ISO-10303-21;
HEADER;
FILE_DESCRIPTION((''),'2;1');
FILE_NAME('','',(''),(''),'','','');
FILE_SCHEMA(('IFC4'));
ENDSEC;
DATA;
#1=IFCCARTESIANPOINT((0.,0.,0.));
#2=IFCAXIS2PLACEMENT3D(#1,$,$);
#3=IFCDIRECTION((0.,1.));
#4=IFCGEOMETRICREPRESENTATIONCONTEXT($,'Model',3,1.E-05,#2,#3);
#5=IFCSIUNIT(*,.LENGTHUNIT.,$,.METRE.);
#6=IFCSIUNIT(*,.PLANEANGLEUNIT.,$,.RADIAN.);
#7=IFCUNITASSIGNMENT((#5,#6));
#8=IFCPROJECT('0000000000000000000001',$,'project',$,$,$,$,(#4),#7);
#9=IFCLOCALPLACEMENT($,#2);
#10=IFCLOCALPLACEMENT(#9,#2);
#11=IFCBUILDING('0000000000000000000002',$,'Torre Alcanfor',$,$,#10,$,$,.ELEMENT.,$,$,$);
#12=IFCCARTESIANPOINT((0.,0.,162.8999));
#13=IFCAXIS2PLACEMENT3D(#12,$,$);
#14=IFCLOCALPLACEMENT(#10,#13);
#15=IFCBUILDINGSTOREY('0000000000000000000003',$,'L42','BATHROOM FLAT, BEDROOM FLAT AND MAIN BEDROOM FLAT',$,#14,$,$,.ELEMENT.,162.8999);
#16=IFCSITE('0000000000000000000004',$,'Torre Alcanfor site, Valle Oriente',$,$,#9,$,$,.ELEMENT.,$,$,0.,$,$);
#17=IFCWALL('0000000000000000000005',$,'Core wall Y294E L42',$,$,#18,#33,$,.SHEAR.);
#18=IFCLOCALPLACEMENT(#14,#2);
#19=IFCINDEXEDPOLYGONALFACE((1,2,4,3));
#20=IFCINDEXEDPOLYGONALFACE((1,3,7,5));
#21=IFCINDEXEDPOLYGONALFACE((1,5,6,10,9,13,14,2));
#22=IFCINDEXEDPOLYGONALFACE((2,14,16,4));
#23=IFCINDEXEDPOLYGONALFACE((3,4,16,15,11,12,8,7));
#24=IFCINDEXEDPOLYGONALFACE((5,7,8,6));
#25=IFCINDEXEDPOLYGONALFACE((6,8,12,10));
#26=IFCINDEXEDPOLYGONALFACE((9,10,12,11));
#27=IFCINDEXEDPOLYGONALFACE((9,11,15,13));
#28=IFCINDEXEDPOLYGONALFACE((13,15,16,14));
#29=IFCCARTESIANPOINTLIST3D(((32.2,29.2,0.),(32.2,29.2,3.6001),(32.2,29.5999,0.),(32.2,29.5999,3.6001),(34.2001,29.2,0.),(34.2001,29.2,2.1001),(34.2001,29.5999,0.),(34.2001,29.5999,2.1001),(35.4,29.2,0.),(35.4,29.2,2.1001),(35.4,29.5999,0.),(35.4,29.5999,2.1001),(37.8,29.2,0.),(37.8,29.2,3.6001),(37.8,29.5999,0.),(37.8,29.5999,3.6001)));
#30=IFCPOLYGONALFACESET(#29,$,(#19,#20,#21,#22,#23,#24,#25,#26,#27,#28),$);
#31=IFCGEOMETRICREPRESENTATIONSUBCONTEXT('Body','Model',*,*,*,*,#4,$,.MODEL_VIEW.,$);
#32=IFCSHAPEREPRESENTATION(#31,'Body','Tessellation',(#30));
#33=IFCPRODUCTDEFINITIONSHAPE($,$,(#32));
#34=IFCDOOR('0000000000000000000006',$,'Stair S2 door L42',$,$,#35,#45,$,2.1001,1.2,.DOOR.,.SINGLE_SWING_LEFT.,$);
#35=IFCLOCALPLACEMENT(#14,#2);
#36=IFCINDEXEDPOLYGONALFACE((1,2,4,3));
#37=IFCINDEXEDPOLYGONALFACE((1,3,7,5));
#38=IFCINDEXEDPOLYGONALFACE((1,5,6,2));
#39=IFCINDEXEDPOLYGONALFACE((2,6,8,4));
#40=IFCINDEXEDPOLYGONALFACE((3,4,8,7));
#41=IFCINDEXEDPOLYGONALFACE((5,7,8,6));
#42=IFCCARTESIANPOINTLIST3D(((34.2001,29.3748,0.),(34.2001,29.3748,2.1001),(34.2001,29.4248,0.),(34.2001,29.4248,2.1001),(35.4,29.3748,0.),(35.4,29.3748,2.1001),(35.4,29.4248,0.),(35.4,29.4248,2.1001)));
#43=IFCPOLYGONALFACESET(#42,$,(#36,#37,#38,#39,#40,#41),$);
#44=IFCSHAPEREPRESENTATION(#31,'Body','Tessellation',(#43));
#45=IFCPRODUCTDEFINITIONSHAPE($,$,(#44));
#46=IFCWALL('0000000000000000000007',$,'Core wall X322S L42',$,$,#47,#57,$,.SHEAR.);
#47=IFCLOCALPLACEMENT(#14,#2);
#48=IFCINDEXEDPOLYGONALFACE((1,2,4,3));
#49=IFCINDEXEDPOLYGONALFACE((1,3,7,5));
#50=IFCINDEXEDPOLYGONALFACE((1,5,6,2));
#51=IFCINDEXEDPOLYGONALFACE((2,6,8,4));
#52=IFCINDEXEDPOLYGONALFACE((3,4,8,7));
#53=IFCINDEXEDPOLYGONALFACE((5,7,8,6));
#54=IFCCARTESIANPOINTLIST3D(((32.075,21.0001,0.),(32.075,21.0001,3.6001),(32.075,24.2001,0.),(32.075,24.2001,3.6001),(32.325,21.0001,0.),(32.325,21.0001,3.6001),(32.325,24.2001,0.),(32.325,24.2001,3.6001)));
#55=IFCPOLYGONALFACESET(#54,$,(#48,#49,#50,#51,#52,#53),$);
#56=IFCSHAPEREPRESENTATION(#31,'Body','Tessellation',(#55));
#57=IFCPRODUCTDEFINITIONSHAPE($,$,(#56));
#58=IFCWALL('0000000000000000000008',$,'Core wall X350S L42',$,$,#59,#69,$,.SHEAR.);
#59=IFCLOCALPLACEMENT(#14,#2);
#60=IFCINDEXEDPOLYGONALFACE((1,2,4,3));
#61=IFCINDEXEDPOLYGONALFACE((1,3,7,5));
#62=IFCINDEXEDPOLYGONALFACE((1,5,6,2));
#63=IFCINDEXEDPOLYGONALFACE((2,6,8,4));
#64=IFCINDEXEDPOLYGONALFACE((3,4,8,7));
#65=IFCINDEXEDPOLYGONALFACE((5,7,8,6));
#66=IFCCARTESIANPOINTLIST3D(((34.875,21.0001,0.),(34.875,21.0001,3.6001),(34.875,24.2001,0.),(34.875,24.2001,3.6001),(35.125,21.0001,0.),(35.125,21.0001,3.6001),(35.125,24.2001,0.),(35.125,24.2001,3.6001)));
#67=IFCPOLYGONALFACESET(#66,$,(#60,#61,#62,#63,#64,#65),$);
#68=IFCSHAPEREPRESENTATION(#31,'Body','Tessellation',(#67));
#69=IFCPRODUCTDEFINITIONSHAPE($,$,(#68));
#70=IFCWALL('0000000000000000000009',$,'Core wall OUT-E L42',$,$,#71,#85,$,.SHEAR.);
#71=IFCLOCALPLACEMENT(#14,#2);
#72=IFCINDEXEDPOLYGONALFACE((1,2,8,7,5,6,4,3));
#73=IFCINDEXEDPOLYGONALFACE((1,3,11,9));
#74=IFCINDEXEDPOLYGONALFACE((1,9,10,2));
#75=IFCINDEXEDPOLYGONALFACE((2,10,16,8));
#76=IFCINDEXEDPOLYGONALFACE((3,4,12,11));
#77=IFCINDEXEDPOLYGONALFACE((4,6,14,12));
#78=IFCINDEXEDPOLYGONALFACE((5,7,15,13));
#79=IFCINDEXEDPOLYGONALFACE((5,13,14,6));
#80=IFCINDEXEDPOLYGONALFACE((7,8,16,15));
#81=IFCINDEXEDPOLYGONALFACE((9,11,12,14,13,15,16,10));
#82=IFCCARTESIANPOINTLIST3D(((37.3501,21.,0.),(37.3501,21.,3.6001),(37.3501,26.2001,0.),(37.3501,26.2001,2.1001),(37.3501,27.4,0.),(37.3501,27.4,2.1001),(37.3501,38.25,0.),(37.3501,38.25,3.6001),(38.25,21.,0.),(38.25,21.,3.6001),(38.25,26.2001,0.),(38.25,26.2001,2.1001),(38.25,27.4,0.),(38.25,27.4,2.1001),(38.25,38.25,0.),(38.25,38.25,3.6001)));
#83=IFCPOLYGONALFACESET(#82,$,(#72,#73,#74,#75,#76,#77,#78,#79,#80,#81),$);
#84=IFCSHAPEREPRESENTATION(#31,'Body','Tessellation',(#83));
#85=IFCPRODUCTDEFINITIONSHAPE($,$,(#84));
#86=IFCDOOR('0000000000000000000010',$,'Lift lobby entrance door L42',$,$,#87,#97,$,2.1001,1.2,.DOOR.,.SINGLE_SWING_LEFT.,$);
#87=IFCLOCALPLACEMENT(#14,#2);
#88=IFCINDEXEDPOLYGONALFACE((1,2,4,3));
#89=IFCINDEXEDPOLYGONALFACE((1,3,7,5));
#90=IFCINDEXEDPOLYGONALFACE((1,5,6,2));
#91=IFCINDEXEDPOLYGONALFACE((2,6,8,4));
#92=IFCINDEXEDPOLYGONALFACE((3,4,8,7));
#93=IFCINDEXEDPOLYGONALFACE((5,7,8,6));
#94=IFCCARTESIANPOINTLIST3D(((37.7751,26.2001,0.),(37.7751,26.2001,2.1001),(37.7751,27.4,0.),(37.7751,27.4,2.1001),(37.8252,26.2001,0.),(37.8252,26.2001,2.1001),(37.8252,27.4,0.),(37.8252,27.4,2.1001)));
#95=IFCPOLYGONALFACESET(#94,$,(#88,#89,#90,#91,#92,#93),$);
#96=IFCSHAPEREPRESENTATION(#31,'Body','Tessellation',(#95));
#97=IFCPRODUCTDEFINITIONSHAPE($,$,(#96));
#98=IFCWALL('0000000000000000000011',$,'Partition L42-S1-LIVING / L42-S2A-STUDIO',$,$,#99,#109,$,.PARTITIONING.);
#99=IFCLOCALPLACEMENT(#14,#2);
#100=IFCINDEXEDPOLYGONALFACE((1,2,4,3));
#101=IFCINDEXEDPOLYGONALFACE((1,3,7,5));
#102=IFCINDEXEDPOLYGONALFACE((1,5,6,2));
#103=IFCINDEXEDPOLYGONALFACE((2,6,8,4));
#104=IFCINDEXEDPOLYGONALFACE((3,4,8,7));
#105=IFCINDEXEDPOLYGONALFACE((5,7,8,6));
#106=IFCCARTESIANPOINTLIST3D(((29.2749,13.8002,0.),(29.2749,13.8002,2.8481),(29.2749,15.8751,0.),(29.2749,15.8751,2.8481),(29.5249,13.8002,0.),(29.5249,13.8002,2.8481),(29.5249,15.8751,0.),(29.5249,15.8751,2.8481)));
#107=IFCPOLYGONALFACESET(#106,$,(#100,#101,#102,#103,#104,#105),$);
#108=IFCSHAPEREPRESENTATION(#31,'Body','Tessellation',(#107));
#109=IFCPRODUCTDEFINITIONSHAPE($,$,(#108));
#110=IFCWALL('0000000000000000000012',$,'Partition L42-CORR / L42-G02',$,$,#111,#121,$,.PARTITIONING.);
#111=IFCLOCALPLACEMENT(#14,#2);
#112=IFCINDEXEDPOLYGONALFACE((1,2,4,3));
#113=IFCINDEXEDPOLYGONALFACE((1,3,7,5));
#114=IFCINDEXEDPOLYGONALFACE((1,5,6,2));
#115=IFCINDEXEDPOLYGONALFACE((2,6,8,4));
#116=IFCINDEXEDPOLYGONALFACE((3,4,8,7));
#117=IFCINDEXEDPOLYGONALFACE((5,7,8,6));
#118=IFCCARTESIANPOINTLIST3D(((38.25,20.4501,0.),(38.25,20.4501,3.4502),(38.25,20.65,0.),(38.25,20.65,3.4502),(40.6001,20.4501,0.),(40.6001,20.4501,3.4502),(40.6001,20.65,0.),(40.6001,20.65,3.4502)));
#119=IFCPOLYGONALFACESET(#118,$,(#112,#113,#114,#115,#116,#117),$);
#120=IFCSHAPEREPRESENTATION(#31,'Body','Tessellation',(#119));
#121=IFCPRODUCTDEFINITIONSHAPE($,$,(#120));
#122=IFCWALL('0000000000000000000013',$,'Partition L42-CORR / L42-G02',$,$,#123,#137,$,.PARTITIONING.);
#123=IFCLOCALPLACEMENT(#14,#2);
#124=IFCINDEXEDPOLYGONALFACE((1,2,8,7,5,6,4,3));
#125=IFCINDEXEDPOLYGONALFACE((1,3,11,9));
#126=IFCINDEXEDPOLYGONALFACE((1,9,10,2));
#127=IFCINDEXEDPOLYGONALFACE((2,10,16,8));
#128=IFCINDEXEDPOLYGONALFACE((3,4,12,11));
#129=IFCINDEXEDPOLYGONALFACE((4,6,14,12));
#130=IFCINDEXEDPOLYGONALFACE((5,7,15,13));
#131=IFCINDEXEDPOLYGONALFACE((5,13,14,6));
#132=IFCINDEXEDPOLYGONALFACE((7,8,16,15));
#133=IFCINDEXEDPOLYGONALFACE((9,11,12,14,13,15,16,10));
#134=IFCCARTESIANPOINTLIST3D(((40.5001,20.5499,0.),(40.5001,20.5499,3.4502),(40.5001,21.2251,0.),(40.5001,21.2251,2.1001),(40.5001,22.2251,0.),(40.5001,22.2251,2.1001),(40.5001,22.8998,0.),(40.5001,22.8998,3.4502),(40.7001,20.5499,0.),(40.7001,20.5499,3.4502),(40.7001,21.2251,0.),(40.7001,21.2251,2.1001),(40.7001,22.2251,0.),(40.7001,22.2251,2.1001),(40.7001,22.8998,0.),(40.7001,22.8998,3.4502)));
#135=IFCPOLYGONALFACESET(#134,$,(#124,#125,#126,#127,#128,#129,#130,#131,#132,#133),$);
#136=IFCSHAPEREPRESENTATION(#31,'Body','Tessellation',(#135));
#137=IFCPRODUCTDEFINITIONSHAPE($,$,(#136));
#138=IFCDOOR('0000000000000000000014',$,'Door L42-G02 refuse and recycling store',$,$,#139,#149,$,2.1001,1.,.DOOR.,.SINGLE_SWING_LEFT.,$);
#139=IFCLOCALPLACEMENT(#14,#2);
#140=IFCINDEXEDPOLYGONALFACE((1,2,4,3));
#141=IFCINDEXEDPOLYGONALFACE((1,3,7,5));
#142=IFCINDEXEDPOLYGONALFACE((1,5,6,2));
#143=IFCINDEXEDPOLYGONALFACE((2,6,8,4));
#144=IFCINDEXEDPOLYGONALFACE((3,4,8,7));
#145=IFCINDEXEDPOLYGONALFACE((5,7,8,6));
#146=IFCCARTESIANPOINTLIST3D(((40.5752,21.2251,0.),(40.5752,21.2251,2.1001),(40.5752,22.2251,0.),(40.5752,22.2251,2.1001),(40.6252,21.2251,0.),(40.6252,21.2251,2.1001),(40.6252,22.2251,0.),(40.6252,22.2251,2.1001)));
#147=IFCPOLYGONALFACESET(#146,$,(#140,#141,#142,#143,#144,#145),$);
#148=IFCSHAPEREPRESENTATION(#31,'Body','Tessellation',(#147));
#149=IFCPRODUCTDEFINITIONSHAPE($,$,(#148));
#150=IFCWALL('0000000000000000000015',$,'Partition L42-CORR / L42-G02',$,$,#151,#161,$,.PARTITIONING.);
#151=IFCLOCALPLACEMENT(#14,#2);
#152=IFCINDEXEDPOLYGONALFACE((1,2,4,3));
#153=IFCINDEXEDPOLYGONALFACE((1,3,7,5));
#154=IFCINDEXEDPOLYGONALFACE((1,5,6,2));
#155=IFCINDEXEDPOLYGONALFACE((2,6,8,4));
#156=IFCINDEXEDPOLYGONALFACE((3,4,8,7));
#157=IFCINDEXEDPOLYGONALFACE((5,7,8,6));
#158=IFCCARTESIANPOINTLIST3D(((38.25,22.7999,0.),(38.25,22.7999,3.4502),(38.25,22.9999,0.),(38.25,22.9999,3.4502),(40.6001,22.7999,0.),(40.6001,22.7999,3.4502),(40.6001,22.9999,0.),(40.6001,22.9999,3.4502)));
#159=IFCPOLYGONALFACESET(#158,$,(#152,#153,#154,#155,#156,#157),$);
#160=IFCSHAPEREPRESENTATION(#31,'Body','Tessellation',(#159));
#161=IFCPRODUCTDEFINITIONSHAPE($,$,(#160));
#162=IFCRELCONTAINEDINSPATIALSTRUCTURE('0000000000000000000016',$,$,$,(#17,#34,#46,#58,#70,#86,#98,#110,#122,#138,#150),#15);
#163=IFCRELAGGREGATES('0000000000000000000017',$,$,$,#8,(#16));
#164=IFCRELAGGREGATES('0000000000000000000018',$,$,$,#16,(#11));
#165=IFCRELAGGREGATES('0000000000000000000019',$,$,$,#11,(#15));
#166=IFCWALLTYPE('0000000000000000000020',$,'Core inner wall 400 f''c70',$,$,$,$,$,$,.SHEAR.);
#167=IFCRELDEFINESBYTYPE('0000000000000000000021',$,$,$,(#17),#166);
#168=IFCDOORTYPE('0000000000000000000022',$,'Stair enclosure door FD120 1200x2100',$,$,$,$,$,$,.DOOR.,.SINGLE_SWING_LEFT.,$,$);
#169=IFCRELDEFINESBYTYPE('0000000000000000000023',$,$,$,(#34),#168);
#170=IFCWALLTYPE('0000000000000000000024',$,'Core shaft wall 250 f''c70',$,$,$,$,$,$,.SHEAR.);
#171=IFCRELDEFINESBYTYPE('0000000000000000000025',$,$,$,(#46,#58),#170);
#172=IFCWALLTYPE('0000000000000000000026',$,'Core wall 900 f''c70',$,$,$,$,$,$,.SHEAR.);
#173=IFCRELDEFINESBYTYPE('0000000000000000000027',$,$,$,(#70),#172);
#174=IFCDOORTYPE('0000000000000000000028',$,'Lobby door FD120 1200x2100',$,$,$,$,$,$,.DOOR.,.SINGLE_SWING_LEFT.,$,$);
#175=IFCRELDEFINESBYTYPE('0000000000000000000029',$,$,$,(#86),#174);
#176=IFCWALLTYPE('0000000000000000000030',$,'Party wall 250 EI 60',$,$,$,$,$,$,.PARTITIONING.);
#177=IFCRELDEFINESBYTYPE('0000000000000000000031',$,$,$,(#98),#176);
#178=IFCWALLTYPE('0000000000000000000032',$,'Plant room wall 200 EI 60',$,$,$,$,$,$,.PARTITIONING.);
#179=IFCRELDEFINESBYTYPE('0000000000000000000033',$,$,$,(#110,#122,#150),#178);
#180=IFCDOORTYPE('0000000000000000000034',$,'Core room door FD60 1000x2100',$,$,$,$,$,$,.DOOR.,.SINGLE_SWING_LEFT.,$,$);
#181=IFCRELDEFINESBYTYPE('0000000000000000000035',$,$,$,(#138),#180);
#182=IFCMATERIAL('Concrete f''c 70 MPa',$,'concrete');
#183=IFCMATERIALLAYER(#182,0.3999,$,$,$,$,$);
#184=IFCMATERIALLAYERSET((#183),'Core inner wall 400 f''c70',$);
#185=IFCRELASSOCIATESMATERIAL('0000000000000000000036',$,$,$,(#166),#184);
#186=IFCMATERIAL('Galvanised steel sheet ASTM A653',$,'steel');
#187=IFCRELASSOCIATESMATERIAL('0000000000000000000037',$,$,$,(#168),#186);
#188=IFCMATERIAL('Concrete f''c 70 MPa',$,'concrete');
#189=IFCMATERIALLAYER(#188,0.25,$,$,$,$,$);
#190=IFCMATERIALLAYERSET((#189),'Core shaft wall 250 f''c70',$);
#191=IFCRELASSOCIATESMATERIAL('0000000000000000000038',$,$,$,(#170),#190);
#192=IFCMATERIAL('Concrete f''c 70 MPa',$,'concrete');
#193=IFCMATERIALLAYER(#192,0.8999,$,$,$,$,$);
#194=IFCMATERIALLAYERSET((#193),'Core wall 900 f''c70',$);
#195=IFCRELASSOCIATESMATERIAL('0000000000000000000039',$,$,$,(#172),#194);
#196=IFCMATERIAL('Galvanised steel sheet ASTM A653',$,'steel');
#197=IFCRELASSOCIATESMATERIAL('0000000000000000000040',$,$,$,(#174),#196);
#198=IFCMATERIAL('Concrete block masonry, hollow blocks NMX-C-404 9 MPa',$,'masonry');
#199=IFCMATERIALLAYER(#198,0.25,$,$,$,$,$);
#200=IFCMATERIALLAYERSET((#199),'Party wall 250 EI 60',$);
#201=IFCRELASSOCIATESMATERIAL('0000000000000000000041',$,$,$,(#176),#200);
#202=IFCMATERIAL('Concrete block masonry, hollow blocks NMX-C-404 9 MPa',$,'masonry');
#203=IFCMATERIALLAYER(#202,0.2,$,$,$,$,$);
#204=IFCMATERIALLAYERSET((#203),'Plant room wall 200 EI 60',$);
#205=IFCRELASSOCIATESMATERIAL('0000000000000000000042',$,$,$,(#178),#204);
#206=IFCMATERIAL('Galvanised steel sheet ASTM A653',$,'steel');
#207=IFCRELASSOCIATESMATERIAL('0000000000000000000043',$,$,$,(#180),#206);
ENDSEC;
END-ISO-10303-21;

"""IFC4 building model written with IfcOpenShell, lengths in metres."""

from ifc_helpers import new_model, si_unit, direction, frame, frame_2d, origin, place, context, subcontext, project, spatial, rectangle, extrude, material, layer, layer_set, type_object, element, fill, save


model = new_model("IFC4")

# Units and contexts
model_context = context("Model", 3, precision=1e-05, world=origin(), true_north=direction((0.0, 1.0)))
body_context = subcontext(model_context, "Body", "Model", "MODEL_VIEW")
ifc_project = project(units=[si_unit("LENGTHUNIT", "METRE"), si_unit("PLANEANGLEUNIT", "RADIAN")], contexts=[model_context])

# Site, building, storey
site_placement = place(None, origin())
site = spatial("IfcSite", under=ifc_project, at=site_placement, Name="Torre Alcanfor site, Valle Oriente", CompositionType="ELEMENT", RefElevation=0.0)
building_placement = place(site_placement, origin())
building = spatial("IfcBuilding", under=site, at=building_placement, Name="Torre Alcanfor", CompositionType="ELEMENT")
storey_placement = place(building_placement, frame((0.0, 0.0, 162.8999)))
storey = spatial("IfcBuildingStorey", under=building, at=storey_placement, Name="L42", Description="BATHROOM FLAT, BEDROOM FLAT AND MAIN BEDROOM FLAT", CompositionType="ELEMENT", Elevation=162.8999)

# Shared definitions
ifc_material_1 = material(Name="Concrete f'c 70 MPa", Category="concrete")
ifc_layer_1 = layer(ifc_material_1, 0.3999)
ifc_layer_set_1 = layer_set([ifc_layer_1], Name="Core inner wall 400 f'c70")
wall_type_1 = type_object("IfcWallType", Name="Core inner wall 400 f'c70", PredefinedType="SHEAR", material=ifc_layer_set_1)

# Wall, opening, door
wall_1_placement = place(storey_placement, frame((32.2, 29.3999, 0.0), z_axis=(0.0, 0.0, 1.0), x_axis=(1.0, 0.0, 0.0)))
wall_1 = element("IfcWall", 1, at=wall_1_placement, inside=storey, type_object=wall_type_1, Name="Core wall Y294E L42", PredefinedType="SHEAR", context=body_context, shape_type="SweptSolid", body=[
    extrude(rectangle(XDim=5.6001, YDim=0.3999, at=frame_2d((2.8, 0.0))), origin(), (0.0, 0.0, 1.0), 3.6001),
])
opening_1_placement = place(wall_1_placement, frame((2.0, 0.0, 0.0)))
opening_1 = element("IfcOpeningElement", 2, at=opening_1_placement, cuts=wall_1, PredefinedType="OPENING", context=body_context, shape_type="SweptSolid", body=[
    extrude(rectangle(XDim=1.2, YDim=2.1001, at=frame_2d((0.6001, 1.05))), frame((0.0, 0.21, 0.0), z_axis=(0.0, -1.0, 0.0), x_axis=(1.0, 0.0, 0.0)), (0.0, 0.0, 1.0), 0.4199),
])
ifc_material_2 = material(Name="Galvanised steel sheet ASTM A653", Category="steel")
door_type_1 = type_object("IfcDoorType", Name="Stair enclosure door FD120 1200x2100", OperationType="SINGLE_SWING_LEFT", PredefinedType="DOOR", material=ifc_material_2)
door_1_placement = place(opening_1_placement, origin())
door_1 = element("IfcDoor", 3, at=door_1_placement, inside=storey, type_object=door_type_1, Name="Stair S2 door L42", OperationType="SINGLE_SWING_LEFT", OverallHeight=2.1001, OverallWidth=1.2, PredefinedType="DOOR", context=body_context, shape_type="SweptSolid", body=[
    extrude(rectangle(XDim=1.2, YDim=2.1001, at=frame_2d((0.6001, 1.05))), frame((0.0, 0.0249, 0.0), z_axis=(0.0, -1.0, 0.0), x_axis=(1.0, 0.0, 0.0)), (0.0, 0.0, 1.0), 0.05),
])
fill(opening_1, door_1)

# Walls
ifc_material_3 = material(Name="Concrete f'c 70 MPa", Category="concrete")
ifc_layer_2 = layer(ifc_material_3, 0.25)
ifc_layer_set_2 = layer_set([ifc_layer_2], Name="Core shaft wall 250 f'c70")
wall_type_2 = type_object("IfcWallType", Name="Core shaft wall 250 f'c70", PredefinedType="SHEAR", material=ifc_layer_set_2)
for number, where, z_axis, x_axis, name in (
    (4, (32.2, 21.0, 0.0), (0.0, 0.0, 1.0), (0.0, 1.0, 0.0), "Core wall X322S L42"),
    (5, (35.0, 21.0, 0.0), (0.0, 0.0, 1.0), (0.0, 1.0, 0.0), "Core wall X350S L42"),
):
    element("IfcWall", number, at=place(storey_placement, frame(where, z_axis=z_axis, x_axis=x_axis)), inside=storey, type_object=wall_type_2, Name=name, PredefinedType="SHEAR", context=body_context, shape_type="SweptSolid", body=[
        extrude(rectangle(XDim=3.2, YDim=0.25, at=frame_2d((1.6001, 0.0))), origin(), (0.0, 0.0, 1.0), 3.6001),
    ])

# Wall, opening, door
ifc_material_4 = material(Name="Concrete f'c 70 MPa", Category="concrete")
ifc_layer_3 = layer(ifc_material_4, 0.8999)
ifc_layer_set_3 = layer_set([ifc_layer_3], Name="Core wall 900 f'c70")
wall_type_3 = type_object("IfcWallType", Name="Core wall 900 f'c70", PredefinedType="SHEAR", material=ifc_layer_set_3)
wall_2_placement = place(storey_placement, frame((37.8, 21.0, 0.0), z_axis=(0.0, 0.0, 1.0), x_axis=(0.0, 1.0, 0.0)))
wall_2 = element("IfcWall", 6, at=wall_2_placement, inside=storey, type_object=wall_type_3, Name="Core wall OUT-E L42", PredefinedType="SHEAR", context=body_context, shape_type="SweptSolid", body=[
    extrude(rectangle(XDim=17.25, YDim=0.8999, at=frame_2d((8.625, 0.0))), origin(), (0.0, 0.0, 1.0), 3.6001),
])
opening_2_placement = place(wall_2_placement, frame((5.2, 0.0, 0.0)))
opening_2 = element("IfcOpeningElement", 7, at=opening_2_placement, cuts=wall_2, PredefinedType="OPENING", context=body_context, shape_type="SweptSolid", body=[
    extrude(rectangle(XDim=1.2, YDim=2.1001, at=frame_2d((0.6001, 1.05))), frame((0.0, 0.46, 0.0), z_axis=(0.0, -1.0, 0.0), x_axis=(1.0, 0.0, 0.0)), (0.0, 0.0, 1.0), 0.9199),
])
ifc_material_5 = material(Name="Galvanised steel sheet ASTM A653", Category="steel")
door_type_2 = type_object("IfcDoorType", Name="Lobby door FD120 1200x2100", OperationType="SINGLE_SWING_LEFT", PredefinedType="DOOR", material=ifc_material_5)
door_2_placement = place(opening_2_placement, origin())
door_2 = element("IfcDoor", 8, at=door_2_placement, inside=storey, type_object=door_type_2, Name="Lift lobby entrance door L42", OperationType="SINGLE_SWING_LEFT", OverallHeight=2.1001, OverallWidth=1.2, PredefinedType="DOOR", context=body_context, shape_type="SweptSolid", body=[
    extrude(rectangle(XDim=1.2, YDim=2.1001, at=frame_2d((0.6001, 1.05))), frame((0.0, 0.0249, 0.0), z_axis=(0.0, -1.0, 0.0), x_axis=(1.0, 0.0, 0.0)), (0.0, 0.0, 1.0), 0.05),
])
fill(opening_2, door_2)

# Walls
ifc_material_6 = material(Name="Concrete block masonry, hollow blocks NMX-C-404 9 MPa", Category="masonry")
ifc_layer_4 = layer(ifc_material_6, 0.25)
ifc_layer_set_4 = layer_set([ifc_layer_4], Name="Party wall 250 EI 60")
wall_type_4 = type_object("IfcWallType", Name="Party wall 250 EI 60", PredefinedType="PARTITIONING", material=ifc_layer_set_4)
wall_3_placement = place(storey_placement, frame((29.3999, 13.8, 0.0), z_axis=(0.0, 0.0, 1.0), x_axis=(0.0, 1.0, 0.0)))
element("IfcWall", 9, at=wall_3_placement, inside=storey, type_object=wall_type_4, Name="Partition L42-S1-LIVING / L42-S2A-STUDIO", PredefinedType="PARTITIONING", context=body_context, shape_type="SweptSolid", body=[
    extrude(rectangle(XDim=2.075, YDim=0.25, at=frame_2d((1.0376, 0.0))), origin(), (0.0, 0.0, 1.0), 2.8481),
])
ifc_material_7 = material(Name="Concrete block masonry, hollow blocks NMX-C-404 9 MPa", Category="masonry")
ifc_layer_5 = layer(ifc_material_7, 0.2)
ifc_layer_set_5 = layer_set([ifc_layer_5], Name="Plant room wall 200 EI 60")
wall_type_5 = type_object("IfcWallType", Name="Plant room wall 200 EI 60", PredefinedType="PARTITIONING", material=ifc_layer_set_5)
wall_4_placement = place(storey_placement, frame((38.25, 20.55, 0.0), z_axis=(0.0, 0.0, 1.0), x_axis=(1.0, 0.0, 0.0)))
element("IfcWall", 10, at=wall_4_placement, inside=storey, type_object=wall_type_5, Name="Partition L42-CORR / L42-G02", PredefinedType="PARTITIONING", context=body_context, shape_type="SweptSolid", body=[
    extrude(rectangle(XDim=2.3501, YDim=0.2, at=frame_2d((1.175, 0.0))), origin(), (0.0, 0.0, 1.0), 3.4502),
])

# Wall, opening, door
wall_5_placement = place(storey_placement, frame((40.6001, 20.55, 0.0), z_axis=(0.0, 0.0, 1.0), x_axis=(0.0, 1.0, 0.0)))
wall_5 = element("IfcWall", 11, at=wall_5_placement, inside=storey, type_object=wall_type_5, Name="Partition L42-CORR / L42-G02", PredefinedType="PARTITIONING", context=body_context, shape_type="SweptSolid", body=[
    extrude(rectangle(XDim=2.3499, YDim=0.2, at=frame_2d((1.1748, 0.0))), origin(), (0.0, 0.0, 1.0), 3.4502),
])
opening_3_placement = place(wall_5_placement, frame((0.675, 0.0, 0.0)))
opening_3 = element("IfcOpeningElement", 12, at=opening_3_placement, cuts=wall_5, PredefinedType="OPENING", context=body_context, shape_type="SweptSolid", body=[
    extrude(rectangle(XDim=1.0, YDim=2.1001, at=frame_2d((0.5, 1.05))), frame((0.0, 0.1099, 0.0), z_axis=(0.0, -1.0, 0.0), x_axis=(1.0, 0.0, 0.0)), (0.0, 0.0, 1.0), 0.22),
])
ifc_material_8 = material(Name="Galvanised steel sheet ASTM A653", Category="steel")
door_type_3 = type_object("IfcDoorType", Name="Core room door FD60 1000x2100", OperationType="SINGLE_SWING_LEFT", PredefinedType="DOOR", material=ifc_material_8)
door_3_placement = place(opening_3_placement, origin())
door_3 = element("IfcDoor", 13, at=door_3_placement, inside=storey, type_object=door_type_3, Name="Door L42-G02 refuse and recycling store", OperationType="SINGLE_SWING_LEFT", OverallHeight=2.1001, OverallWidth=1.0, PredefinedType="DOOR", context=body_context, shape_type="SweptSolid", body=[
    extrude(rectangle(XDim=1.0, YDim=2.1001, at=frame_2d((0.5, 1.05))), frame((0.0, 0.0249, 0.0), z_axis=(0.0, -1.0, 0.0), x_axis=(1.0, 0.0, 0.0)), (0.0, 0.0, 1.0), 0.05),
])
fill(opening_3, door_3)

# Wall
wall_6_placement = place(storey_placement, frame((40.6001, 22.8999, 0.0), z_axis=(0.0, 0.0, 1.0), x_axis=(-1.0, 0.0, 0.0)))
element("IfcWall", 14, at=wall_6_placement, inside=storey, type_object=wall_type_5, Name="Partition L42-CORR / L42-G02", PredefinedType="PARTITIONING", context=body_context, shape_type="SweptSolid", body=[
    extrude(rectangle(XDim=2.3501, YDim=0.2, at=frame_2d((1.175, 0.0))), origin(), (0.0, 0.0, 1.0), 3.4502),
])

save(model, "model.ifc")
